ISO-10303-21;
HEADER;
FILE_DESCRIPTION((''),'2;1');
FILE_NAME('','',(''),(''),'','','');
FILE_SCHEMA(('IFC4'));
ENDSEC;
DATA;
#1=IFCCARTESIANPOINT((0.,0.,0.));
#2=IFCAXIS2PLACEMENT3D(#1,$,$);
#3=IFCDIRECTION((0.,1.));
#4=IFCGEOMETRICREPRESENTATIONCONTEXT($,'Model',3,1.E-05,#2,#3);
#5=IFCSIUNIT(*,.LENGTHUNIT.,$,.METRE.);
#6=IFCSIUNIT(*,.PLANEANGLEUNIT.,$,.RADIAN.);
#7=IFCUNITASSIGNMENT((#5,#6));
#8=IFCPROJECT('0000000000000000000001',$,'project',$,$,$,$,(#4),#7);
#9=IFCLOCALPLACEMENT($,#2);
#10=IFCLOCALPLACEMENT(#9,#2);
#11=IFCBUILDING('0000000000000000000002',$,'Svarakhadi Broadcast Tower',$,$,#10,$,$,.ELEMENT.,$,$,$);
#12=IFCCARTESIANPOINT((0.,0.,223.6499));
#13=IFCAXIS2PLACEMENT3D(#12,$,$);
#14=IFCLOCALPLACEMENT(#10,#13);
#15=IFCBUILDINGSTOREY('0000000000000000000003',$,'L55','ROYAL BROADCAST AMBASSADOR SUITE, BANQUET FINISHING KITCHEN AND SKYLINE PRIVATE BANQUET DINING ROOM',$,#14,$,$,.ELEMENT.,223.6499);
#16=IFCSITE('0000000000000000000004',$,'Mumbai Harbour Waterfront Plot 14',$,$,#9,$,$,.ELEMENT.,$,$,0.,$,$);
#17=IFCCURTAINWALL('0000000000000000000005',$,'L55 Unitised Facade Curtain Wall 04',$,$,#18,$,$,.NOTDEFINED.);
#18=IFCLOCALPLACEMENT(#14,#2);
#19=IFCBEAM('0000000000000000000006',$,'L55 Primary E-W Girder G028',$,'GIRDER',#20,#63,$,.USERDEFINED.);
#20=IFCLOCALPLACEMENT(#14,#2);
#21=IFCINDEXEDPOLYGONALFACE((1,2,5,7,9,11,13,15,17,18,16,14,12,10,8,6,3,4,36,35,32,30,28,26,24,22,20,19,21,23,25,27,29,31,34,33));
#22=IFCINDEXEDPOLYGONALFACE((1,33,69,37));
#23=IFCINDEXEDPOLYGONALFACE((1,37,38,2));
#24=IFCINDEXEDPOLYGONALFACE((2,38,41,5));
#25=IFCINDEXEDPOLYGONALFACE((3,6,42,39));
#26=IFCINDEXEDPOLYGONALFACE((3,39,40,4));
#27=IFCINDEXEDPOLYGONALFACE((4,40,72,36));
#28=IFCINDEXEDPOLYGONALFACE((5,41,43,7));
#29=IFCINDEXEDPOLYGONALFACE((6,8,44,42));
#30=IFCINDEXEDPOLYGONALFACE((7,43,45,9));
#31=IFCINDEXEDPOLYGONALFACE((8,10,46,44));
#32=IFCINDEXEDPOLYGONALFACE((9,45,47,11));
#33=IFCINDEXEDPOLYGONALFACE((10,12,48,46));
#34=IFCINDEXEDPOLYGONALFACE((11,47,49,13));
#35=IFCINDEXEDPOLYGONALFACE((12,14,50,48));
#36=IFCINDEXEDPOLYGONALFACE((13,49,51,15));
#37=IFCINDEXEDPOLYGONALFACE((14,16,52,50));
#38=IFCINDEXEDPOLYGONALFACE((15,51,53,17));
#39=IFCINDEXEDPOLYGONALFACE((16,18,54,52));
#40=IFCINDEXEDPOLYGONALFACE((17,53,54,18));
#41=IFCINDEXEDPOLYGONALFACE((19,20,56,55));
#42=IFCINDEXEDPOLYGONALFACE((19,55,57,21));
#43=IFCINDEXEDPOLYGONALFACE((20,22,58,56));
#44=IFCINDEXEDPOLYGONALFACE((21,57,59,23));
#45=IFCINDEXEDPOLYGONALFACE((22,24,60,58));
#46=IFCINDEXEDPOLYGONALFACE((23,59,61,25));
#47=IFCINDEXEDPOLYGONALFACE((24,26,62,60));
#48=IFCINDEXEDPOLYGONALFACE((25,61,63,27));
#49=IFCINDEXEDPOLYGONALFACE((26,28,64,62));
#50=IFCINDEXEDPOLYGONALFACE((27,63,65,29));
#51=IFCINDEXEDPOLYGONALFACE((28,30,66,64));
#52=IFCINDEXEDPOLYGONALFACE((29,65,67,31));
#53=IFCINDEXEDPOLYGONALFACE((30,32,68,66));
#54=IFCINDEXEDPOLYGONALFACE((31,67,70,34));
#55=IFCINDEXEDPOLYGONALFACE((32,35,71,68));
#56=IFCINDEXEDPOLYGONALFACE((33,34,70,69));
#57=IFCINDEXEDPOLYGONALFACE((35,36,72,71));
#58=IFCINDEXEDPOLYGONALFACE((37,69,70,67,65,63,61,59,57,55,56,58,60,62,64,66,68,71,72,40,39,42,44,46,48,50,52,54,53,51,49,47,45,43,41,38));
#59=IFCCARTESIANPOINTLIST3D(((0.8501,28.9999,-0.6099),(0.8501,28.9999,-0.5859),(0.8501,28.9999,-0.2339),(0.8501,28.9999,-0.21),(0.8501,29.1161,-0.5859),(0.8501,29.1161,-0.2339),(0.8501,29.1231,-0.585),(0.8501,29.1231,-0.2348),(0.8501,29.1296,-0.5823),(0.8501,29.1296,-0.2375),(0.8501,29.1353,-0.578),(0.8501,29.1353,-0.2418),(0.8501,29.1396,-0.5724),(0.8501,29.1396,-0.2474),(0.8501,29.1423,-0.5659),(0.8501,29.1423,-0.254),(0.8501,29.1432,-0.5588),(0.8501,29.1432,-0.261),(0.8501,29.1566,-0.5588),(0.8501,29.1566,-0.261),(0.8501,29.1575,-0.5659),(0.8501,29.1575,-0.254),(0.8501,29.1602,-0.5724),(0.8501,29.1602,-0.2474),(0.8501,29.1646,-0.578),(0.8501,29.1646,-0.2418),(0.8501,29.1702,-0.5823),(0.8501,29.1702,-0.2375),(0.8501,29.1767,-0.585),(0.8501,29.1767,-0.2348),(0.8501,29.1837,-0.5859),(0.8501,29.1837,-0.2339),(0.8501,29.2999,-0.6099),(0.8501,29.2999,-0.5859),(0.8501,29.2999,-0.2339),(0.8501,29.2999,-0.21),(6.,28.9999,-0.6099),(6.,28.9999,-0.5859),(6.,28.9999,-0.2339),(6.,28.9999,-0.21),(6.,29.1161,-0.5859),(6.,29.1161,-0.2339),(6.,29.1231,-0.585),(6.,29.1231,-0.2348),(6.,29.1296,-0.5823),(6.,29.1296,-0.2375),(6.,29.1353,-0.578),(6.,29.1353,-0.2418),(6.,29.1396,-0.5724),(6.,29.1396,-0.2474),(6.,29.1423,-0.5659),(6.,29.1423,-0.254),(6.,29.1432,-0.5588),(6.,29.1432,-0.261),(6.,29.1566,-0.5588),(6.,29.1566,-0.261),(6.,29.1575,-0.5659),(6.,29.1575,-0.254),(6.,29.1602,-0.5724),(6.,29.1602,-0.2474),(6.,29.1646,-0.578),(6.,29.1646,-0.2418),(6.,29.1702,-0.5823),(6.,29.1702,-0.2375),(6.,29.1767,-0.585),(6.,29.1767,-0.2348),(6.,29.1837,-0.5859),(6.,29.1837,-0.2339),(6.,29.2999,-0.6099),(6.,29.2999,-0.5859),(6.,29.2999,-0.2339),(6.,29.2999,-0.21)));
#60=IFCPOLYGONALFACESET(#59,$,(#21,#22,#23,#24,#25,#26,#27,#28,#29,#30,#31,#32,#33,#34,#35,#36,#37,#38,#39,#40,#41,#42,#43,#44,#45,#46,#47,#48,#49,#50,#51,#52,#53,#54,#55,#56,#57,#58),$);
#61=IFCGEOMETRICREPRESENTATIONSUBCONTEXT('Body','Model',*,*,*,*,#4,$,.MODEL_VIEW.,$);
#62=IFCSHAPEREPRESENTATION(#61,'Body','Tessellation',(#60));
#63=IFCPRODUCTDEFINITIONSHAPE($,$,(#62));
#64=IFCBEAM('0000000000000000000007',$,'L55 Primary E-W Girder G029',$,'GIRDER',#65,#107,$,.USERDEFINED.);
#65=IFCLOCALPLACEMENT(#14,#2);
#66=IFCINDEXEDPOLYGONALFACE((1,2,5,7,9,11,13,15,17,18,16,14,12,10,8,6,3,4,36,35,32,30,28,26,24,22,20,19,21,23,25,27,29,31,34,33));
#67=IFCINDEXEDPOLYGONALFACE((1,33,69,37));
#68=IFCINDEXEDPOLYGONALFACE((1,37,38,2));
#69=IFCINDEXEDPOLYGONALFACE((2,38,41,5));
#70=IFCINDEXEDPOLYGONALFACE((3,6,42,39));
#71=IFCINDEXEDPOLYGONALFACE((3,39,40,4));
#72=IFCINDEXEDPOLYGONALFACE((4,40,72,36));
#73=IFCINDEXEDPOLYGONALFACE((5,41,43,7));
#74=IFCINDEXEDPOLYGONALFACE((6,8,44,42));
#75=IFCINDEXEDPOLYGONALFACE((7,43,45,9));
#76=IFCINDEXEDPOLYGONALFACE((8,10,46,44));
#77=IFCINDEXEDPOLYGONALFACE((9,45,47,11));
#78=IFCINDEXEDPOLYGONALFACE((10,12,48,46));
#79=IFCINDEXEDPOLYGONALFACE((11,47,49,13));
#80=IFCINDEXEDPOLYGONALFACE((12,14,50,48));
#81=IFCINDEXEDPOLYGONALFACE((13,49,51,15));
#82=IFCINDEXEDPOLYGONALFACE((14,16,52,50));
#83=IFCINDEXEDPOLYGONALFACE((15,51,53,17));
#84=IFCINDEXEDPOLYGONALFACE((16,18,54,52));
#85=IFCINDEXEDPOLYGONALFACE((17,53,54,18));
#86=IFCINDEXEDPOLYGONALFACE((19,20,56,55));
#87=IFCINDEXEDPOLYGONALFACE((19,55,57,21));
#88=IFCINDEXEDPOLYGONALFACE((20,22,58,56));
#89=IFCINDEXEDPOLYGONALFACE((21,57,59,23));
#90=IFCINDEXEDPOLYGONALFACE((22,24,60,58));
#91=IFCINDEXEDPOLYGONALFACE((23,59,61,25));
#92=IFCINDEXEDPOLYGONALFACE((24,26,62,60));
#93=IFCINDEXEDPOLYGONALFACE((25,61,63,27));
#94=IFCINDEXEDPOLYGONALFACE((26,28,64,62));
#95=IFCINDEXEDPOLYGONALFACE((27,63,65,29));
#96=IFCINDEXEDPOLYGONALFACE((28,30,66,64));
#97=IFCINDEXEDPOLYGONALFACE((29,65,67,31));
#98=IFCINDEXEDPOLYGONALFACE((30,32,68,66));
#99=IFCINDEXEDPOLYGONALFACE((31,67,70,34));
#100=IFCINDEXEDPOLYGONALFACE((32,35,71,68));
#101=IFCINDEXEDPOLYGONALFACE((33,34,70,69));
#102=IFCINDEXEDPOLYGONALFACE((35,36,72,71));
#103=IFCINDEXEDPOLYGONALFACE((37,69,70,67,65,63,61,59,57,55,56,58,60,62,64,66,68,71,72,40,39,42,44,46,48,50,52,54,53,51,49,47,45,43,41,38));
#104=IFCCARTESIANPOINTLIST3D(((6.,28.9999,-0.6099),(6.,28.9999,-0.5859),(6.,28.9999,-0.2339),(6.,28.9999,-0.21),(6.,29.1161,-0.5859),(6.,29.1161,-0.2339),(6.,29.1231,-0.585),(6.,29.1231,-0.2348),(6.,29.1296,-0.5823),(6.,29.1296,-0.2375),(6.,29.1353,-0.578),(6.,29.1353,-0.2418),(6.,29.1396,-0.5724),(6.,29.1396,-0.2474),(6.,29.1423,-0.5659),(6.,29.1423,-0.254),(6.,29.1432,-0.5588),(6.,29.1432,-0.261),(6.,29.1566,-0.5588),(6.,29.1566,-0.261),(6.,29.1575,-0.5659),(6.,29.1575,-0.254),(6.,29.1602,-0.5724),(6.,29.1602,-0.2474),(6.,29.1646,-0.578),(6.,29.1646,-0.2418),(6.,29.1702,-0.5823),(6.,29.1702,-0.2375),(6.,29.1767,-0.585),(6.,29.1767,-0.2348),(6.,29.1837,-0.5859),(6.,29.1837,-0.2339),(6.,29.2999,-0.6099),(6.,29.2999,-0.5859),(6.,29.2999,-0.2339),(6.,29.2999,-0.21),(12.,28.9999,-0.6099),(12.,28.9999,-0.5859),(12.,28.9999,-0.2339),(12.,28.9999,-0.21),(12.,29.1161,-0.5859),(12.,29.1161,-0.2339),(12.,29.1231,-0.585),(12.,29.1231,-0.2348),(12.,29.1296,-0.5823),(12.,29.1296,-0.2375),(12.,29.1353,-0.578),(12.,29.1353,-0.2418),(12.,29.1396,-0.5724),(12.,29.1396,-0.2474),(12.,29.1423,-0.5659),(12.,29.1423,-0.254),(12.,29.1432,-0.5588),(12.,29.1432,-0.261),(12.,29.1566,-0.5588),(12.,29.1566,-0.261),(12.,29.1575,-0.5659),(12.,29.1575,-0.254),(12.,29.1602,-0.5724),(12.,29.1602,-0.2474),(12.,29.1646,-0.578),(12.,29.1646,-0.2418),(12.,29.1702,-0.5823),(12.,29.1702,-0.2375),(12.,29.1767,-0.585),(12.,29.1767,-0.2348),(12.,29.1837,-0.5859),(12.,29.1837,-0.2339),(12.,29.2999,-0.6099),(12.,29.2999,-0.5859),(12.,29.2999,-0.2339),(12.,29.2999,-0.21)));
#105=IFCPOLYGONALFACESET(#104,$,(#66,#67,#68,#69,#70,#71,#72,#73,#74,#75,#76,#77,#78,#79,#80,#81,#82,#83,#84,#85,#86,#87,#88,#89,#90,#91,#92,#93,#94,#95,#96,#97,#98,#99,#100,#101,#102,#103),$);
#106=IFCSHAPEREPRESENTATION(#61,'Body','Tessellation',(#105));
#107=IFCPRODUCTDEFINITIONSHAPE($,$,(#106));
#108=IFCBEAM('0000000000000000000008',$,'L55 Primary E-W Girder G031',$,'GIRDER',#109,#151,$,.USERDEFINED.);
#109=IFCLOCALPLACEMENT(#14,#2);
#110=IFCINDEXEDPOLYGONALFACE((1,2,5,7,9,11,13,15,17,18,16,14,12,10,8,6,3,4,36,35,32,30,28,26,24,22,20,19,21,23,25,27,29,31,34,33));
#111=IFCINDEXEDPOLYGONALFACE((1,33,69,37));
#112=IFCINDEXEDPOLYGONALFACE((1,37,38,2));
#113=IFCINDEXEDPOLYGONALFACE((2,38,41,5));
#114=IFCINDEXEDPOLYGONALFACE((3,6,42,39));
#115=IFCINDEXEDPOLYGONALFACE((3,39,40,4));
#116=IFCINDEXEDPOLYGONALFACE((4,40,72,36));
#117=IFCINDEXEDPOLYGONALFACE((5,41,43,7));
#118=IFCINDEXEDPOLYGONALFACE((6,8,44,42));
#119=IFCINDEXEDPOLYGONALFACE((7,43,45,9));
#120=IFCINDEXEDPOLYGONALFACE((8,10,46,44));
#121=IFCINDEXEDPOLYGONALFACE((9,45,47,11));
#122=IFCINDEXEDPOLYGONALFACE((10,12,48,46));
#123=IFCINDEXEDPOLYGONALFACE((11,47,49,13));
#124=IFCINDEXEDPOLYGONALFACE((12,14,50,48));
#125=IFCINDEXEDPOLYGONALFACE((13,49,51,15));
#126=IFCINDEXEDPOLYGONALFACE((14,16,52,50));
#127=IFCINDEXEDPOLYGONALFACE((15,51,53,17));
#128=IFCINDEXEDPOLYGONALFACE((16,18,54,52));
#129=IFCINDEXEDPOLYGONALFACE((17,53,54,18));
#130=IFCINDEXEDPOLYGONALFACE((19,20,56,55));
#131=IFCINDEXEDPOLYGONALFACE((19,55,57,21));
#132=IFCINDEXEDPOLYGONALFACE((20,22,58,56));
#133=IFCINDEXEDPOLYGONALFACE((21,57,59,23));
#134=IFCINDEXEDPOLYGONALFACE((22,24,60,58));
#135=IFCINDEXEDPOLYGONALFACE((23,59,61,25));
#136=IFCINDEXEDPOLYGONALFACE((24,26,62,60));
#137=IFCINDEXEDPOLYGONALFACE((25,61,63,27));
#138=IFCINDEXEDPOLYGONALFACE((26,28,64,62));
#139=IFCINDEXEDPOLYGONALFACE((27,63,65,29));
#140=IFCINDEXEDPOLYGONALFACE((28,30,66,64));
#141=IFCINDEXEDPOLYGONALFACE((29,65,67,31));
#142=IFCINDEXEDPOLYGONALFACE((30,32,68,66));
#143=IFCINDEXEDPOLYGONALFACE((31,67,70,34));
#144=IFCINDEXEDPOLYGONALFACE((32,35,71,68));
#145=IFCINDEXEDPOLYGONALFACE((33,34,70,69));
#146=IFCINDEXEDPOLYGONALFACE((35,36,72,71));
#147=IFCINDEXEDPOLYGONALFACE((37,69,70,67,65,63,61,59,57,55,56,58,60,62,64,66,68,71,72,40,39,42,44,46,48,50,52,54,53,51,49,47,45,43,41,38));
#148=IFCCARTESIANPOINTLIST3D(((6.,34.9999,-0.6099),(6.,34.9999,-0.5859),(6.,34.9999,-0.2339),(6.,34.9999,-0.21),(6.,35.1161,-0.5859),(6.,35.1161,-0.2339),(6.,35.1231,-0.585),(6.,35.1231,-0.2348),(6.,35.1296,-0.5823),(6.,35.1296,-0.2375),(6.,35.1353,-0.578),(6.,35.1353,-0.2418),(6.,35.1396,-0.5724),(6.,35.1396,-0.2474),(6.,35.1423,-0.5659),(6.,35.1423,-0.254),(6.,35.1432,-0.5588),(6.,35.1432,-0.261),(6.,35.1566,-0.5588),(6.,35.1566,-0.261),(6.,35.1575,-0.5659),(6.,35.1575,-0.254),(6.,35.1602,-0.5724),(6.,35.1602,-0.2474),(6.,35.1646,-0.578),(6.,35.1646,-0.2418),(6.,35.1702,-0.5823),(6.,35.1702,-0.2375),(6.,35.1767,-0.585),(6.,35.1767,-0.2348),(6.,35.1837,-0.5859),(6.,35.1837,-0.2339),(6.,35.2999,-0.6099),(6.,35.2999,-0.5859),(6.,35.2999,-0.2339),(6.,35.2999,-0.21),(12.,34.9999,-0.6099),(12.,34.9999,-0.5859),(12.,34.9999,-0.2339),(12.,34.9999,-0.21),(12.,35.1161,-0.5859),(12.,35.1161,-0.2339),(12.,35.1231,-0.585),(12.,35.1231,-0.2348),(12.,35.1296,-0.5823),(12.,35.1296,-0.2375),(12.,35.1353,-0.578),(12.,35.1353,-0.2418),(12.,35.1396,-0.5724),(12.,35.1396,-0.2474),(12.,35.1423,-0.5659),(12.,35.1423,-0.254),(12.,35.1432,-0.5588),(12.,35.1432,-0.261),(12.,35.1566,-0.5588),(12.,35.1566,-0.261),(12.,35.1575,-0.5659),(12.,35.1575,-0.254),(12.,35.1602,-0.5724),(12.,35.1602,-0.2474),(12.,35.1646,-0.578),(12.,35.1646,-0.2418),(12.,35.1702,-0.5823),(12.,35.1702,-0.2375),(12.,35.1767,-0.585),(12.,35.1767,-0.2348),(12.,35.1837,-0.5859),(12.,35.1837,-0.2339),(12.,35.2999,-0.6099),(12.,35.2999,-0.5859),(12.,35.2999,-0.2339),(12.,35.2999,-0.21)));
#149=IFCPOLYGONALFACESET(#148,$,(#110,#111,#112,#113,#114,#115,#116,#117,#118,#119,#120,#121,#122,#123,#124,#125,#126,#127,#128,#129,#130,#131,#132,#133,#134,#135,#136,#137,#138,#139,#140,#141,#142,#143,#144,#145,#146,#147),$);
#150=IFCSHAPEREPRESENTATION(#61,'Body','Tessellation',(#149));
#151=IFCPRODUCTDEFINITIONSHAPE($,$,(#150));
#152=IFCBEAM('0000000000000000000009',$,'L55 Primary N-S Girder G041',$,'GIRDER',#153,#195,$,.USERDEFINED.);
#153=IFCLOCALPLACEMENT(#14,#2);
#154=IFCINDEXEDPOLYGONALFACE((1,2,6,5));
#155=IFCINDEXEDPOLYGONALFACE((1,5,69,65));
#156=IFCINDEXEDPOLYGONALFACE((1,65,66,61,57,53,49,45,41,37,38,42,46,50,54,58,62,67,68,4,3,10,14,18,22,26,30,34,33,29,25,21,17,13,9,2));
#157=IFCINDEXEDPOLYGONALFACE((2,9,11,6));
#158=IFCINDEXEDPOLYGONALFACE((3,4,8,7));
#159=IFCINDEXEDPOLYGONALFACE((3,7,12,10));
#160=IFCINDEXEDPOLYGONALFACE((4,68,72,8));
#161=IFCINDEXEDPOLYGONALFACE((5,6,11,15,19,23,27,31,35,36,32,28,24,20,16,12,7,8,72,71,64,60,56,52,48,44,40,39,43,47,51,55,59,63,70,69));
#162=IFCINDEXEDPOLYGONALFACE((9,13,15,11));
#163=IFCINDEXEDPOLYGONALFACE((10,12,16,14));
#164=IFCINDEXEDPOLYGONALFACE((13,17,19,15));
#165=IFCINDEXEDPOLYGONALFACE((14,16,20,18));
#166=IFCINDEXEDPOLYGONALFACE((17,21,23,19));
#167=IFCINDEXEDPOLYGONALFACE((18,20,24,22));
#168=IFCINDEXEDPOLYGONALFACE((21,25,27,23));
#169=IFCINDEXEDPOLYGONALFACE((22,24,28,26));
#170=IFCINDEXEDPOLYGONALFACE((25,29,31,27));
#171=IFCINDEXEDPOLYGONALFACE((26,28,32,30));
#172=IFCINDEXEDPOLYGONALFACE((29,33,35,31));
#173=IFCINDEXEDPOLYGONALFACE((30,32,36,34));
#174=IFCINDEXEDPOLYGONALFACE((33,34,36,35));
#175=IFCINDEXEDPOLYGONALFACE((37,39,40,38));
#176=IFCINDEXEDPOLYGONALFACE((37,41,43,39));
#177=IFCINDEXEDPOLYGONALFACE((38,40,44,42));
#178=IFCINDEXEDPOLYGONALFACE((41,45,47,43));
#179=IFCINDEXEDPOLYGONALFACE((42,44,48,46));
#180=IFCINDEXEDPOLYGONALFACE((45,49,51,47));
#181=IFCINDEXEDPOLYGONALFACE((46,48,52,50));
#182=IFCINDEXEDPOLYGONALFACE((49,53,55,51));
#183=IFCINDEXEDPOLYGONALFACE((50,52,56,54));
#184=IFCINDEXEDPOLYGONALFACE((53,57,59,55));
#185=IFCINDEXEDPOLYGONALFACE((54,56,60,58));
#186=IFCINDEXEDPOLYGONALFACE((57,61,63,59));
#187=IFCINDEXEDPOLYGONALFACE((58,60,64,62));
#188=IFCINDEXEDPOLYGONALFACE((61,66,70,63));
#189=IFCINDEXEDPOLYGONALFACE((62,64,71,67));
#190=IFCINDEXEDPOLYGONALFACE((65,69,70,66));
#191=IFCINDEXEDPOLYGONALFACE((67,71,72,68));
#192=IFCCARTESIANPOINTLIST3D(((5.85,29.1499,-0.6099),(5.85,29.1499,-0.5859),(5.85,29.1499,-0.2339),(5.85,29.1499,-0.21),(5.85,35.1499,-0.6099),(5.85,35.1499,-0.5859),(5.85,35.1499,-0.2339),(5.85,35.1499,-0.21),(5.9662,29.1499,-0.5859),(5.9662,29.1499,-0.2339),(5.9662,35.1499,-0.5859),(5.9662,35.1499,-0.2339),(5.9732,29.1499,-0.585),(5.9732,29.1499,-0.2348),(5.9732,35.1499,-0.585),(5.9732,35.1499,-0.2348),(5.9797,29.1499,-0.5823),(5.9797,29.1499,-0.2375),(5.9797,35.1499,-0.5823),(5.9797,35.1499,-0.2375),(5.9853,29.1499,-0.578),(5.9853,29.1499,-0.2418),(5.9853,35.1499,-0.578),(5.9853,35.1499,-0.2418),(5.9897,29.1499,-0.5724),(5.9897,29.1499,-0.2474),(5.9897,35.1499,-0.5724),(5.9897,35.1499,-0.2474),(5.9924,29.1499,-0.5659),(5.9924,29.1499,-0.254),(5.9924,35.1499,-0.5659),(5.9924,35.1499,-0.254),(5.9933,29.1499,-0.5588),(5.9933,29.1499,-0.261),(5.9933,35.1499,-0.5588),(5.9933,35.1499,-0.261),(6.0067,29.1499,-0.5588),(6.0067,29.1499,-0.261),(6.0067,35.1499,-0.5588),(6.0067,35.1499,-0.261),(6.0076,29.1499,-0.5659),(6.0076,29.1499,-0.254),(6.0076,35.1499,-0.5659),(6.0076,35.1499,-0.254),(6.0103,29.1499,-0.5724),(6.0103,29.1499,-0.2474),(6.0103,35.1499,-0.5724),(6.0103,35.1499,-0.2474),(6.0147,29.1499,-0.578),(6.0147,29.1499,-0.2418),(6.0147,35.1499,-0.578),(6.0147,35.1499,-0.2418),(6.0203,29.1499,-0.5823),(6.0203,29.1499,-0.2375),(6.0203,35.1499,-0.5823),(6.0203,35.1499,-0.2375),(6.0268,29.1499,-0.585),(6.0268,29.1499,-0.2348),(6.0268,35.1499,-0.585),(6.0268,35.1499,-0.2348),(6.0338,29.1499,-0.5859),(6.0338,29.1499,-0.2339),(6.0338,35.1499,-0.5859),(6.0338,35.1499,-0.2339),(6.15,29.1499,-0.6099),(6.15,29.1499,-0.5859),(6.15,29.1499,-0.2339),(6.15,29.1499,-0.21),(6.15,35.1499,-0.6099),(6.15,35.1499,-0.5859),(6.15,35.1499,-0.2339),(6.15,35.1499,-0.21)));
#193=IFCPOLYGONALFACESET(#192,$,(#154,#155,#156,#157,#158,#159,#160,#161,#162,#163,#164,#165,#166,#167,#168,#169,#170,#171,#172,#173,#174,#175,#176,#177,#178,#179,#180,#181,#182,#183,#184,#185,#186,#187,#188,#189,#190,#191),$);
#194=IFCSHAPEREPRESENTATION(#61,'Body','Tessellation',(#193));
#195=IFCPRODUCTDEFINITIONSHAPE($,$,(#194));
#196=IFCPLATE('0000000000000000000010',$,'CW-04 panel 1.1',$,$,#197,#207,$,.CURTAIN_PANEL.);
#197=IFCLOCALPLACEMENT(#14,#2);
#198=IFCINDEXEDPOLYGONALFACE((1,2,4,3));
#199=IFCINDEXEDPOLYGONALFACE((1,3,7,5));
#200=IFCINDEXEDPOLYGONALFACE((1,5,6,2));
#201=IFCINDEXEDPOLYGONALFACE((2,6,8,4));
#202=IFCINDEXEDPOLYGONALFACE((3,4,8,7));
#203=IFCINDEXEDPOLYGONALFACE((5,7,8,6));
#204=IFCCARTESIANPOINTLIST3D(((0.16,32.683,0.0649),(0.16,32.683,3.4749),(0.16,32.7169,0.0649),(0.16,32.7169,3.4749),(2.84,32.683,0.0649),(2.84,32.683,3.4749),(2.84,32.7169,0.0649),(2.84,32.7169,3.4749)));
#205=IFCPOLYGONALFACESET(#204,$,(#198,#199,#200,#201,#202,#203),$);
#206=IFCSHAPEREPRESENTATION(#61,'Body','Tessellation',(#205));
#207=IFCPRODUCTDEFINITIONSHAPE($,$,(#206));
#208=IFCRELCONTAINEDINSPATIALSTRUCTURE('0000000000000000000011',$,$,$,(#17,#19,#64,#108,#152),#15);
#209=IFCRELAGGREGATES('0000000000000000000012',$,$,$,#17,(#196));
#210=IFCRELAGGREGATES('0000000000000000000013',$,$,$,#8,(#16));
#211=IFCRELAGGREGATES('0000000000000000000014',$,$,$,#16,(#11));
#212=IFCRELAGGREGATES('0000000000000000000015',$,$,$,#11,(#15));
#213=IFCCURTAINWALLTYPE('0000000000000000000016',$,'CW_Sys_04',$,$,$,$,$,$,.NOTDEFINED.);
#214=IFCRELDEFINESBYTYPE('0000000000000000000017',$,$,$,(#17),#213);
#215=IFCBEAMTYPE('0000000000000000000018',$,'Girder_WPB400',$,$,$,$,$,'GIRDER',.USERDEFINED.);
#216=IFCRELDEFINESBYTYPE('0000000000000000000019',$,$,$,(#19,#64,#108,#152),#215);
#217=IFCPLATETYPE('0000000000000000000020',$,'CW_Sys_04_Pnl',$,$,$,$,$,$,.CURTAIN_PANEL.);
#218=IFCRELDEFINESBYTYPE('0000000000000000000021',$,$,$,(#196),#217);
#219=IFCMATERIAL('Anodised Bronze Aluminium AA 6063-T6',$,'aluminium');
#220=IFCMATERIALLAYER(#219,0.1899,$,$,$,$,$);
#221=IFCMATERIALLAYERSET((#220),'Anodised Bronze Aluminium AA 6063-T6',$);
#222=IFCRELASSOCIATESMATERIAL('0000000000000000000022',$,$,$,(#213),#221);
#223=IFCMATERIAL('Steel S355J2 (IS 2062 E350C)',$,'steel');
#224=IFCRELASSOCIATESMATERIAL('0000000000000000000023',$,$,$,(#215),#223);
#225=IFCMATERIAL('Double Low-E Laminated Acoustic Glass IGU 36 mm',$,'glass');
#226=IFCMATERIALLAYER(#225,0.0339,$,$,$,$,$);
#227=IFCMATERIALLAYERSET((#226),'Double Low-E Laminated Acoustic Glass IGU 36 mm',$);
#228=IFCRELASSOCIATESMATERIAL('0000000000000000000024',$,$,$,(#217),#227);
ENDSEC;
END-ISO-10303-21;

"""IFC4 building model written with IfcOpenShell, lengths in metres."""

from ifc_helpers import new_model, si_unit, direction, frame, origin, origin_2d, place, context, subcontext, project, spatial, rectangle, i_section, extrude, material, layer, layer_set, material_profile, profile_set, type_object, element, aggregate, save


model = new_model("IFC4")

# Units and contexts
model_context = context("Model", 3, precision=1e-05, world=origin(), true_north=direction((0.0, 1.0)))
body_context = subcontext(model_context, "Body", "Model", "MODEL_VIEW")
ifc_project = project(units=[si_unit("LENGTHUNIT", "METRE"), si_unit("PLANEANGLEUNIT", "RADIAN")], contexts=[model_context])

# Site, building, storey
site_placement = place(None, origin())
site = spatial("IfcSite", under=ifc_project, at=site_placement, Name="Mumbai Harbour Waterfront Plot 14", CompositionType="ELEMENT", RefElevation=0.0)
building_placement = place(site_placement, origin())
building = spatial("IfcBuilding", under=site, at=building_placement, Name="Svarakhadi Broadcast Tower", CompositionType="ELEMENT")
storey_placement = place(building_placement, frame((0.0, 0.0, 223.6499)))
storey = spatial("IfcBuildingStorey", under=building, at=storey_placement, Name="L55", Description="ROYAL BROADCAST AMBASSADOR SUITE, BANQUET FINISHING KITCHEN AND SKYLINE PRIVATE BANQUET DINING ROOM", CompositionType="ELEMENT", Elevation=223.6499)

# Shared definitions
ifc_material_1 = material(Name="Steel S355J2 (IS 2062 E350C)", Category="steel")

# Shared definitions
ifc_material_2 = material(Name="Anodised Bronze Aluminium AA 6063-T6", Category="aluminium")
ifc_layer_1 = layer(ifc_material_2, 0.1899)
ifc_layer_set_1 = layer_set([ifc_layer_1], Name="Anodised Bronze Aluminium AA 6063-T6")
curtain_wall_type = type_object("IfcCurtainWallType", Name="CW_Sys_04", PredefinedType="NOTDEFINED", material=ifc_layer_set_1)

# Curtain wall
curtain_wall_1_placement = place(storey_placement, origin())
curtain_wall_1 = element("IfcCurtainWall", 1, at=curtain_wall_1_placement, inside=storey, type_object=curtain_wall_type, Name="L55 Unitised Facade Curtain Wall 04", PredefinedType="NOTDEFINED")

# Beams
ifc_material_profile_1 = material_profile(ifc_material_1, i_section(OverallWidth=0.3, OverallDepth=0.3999, WebThickness=0.0134, FlangeThickness=0.0239, FilletRadius=0.0271, at=origin_2d()), Name="WPB 400x300x155")
ifc_profile_set_1 = profile_set([ifc_material_profile_1], Name="Steel S355J2 (IS 2062 E350C)")
beam_type_1 = type_object("IfcBeamType", Name="Girder_WPB400", ElementType="GIRDER", PredefinedType="USERDEFINED", material=ifc_profile_set_1)
beam_1_placement = place(storey_placement, frame((0.8501, 29.1499, -0.4099), z_axis=(1.0, 0.0, 0.0), x_axis=(0.0, 1.0, 0.0)))
element("IfcBeam", 2, at=beam_1_placement, inside=storey, type_object=beam_type_1, Name="L55 Primary E-W Girder G028", ObjectType="GIRDER", PredefinedType="USERDEFINED", context=body_context, shape_type="SweptSolid", body=[
    extrude(i_section(OverallWidth=0.3, OverallDepth=0.3999, WebThickness=0.0134, FlangeThickness=0.0239, FilletRadius=0.0271, at=origin_2d()), origin(), (0.0, 0.0, 1.0), 5.1499),
])
for number, where, z_axis, x_axis, name in (
    (3, (6.0, 29.1499, -0.4099), (1.0, 0.0, 0.0), (0.0, 1.0, 0.0), "L55 Primary E-W Girder G029"),
    (4, (6.0, 35.1499, -0.4099), (1.0, 0.0, 0.0), (0.0, 1.0, 0.0), "L55 Primary E-W Girder G031"),
    (5, (6.0, 29.1499, -0.4099), (0.0, 1.0, 0.0), (-1.0, 0.0, 0.0), "L55 Primary N-S Girder G041"),
):
    element("IfcBeam", number, at=place(storey_placement, frame(where, z_axis=z_axis, x_axis=x_axis)), inside=storey, type_object=beam_type_1, Name=name, ObjectType="GIRDER", PredefinedType="USERDEFINED", context=body_context, shape_type="SweptSolid", body=[
        extrude(i_section(OverallWidth=0.3, OverallDepth=0.3999, WebThickness=0.0134, FlangeThickness=0.0239, FilletRadius=0.0271, at=origin_2d()), origin(), (0.0, 0.0, 1.0), 6.0),
    ])

# Plate
ifc_material_3 = material(Name="Double Low-E Laminated Acoustic Glass IGU 36 mm", Category="glass")
ifc_layer_2 = layer(ifc_material_3, 0.0339)
ifc_layer_set_2 = layer_set([ifc_layer_2], Name="Double Low-E Laminated Acoustic Glass IGU 36 mm")
plate_type = type_object("IfcPlateType", Name="CW_Sys_04_Pnl", PredefinedType="CURTAIN_PANEL", material=ifc_layer_set_2)
plate_1_placement = place(storey_placement, frame((1.5, 32.7, 0.0649), z_axis=(0.0, 0.0, 1.0), x_axis=(1.0, 0.0, 0.0)))
plate_1 = element("IfcPlate", 6, at=plate_1_placement, type_object=plate_type, Name="CW-04 panel 1.1", PredefinedType="CURTAIN_PANEL", context=body_context, shape_type="SweptSolid", body=[
    extrude(rectangle(XDim=2.6799, YDim=0.0339, at=origin_2d()), origin(), (0.0, 0.0, 1.0), 3.4099),
])
aggregate(curtain_wall_1, [plate_1])

save(model, "model.ifc")
